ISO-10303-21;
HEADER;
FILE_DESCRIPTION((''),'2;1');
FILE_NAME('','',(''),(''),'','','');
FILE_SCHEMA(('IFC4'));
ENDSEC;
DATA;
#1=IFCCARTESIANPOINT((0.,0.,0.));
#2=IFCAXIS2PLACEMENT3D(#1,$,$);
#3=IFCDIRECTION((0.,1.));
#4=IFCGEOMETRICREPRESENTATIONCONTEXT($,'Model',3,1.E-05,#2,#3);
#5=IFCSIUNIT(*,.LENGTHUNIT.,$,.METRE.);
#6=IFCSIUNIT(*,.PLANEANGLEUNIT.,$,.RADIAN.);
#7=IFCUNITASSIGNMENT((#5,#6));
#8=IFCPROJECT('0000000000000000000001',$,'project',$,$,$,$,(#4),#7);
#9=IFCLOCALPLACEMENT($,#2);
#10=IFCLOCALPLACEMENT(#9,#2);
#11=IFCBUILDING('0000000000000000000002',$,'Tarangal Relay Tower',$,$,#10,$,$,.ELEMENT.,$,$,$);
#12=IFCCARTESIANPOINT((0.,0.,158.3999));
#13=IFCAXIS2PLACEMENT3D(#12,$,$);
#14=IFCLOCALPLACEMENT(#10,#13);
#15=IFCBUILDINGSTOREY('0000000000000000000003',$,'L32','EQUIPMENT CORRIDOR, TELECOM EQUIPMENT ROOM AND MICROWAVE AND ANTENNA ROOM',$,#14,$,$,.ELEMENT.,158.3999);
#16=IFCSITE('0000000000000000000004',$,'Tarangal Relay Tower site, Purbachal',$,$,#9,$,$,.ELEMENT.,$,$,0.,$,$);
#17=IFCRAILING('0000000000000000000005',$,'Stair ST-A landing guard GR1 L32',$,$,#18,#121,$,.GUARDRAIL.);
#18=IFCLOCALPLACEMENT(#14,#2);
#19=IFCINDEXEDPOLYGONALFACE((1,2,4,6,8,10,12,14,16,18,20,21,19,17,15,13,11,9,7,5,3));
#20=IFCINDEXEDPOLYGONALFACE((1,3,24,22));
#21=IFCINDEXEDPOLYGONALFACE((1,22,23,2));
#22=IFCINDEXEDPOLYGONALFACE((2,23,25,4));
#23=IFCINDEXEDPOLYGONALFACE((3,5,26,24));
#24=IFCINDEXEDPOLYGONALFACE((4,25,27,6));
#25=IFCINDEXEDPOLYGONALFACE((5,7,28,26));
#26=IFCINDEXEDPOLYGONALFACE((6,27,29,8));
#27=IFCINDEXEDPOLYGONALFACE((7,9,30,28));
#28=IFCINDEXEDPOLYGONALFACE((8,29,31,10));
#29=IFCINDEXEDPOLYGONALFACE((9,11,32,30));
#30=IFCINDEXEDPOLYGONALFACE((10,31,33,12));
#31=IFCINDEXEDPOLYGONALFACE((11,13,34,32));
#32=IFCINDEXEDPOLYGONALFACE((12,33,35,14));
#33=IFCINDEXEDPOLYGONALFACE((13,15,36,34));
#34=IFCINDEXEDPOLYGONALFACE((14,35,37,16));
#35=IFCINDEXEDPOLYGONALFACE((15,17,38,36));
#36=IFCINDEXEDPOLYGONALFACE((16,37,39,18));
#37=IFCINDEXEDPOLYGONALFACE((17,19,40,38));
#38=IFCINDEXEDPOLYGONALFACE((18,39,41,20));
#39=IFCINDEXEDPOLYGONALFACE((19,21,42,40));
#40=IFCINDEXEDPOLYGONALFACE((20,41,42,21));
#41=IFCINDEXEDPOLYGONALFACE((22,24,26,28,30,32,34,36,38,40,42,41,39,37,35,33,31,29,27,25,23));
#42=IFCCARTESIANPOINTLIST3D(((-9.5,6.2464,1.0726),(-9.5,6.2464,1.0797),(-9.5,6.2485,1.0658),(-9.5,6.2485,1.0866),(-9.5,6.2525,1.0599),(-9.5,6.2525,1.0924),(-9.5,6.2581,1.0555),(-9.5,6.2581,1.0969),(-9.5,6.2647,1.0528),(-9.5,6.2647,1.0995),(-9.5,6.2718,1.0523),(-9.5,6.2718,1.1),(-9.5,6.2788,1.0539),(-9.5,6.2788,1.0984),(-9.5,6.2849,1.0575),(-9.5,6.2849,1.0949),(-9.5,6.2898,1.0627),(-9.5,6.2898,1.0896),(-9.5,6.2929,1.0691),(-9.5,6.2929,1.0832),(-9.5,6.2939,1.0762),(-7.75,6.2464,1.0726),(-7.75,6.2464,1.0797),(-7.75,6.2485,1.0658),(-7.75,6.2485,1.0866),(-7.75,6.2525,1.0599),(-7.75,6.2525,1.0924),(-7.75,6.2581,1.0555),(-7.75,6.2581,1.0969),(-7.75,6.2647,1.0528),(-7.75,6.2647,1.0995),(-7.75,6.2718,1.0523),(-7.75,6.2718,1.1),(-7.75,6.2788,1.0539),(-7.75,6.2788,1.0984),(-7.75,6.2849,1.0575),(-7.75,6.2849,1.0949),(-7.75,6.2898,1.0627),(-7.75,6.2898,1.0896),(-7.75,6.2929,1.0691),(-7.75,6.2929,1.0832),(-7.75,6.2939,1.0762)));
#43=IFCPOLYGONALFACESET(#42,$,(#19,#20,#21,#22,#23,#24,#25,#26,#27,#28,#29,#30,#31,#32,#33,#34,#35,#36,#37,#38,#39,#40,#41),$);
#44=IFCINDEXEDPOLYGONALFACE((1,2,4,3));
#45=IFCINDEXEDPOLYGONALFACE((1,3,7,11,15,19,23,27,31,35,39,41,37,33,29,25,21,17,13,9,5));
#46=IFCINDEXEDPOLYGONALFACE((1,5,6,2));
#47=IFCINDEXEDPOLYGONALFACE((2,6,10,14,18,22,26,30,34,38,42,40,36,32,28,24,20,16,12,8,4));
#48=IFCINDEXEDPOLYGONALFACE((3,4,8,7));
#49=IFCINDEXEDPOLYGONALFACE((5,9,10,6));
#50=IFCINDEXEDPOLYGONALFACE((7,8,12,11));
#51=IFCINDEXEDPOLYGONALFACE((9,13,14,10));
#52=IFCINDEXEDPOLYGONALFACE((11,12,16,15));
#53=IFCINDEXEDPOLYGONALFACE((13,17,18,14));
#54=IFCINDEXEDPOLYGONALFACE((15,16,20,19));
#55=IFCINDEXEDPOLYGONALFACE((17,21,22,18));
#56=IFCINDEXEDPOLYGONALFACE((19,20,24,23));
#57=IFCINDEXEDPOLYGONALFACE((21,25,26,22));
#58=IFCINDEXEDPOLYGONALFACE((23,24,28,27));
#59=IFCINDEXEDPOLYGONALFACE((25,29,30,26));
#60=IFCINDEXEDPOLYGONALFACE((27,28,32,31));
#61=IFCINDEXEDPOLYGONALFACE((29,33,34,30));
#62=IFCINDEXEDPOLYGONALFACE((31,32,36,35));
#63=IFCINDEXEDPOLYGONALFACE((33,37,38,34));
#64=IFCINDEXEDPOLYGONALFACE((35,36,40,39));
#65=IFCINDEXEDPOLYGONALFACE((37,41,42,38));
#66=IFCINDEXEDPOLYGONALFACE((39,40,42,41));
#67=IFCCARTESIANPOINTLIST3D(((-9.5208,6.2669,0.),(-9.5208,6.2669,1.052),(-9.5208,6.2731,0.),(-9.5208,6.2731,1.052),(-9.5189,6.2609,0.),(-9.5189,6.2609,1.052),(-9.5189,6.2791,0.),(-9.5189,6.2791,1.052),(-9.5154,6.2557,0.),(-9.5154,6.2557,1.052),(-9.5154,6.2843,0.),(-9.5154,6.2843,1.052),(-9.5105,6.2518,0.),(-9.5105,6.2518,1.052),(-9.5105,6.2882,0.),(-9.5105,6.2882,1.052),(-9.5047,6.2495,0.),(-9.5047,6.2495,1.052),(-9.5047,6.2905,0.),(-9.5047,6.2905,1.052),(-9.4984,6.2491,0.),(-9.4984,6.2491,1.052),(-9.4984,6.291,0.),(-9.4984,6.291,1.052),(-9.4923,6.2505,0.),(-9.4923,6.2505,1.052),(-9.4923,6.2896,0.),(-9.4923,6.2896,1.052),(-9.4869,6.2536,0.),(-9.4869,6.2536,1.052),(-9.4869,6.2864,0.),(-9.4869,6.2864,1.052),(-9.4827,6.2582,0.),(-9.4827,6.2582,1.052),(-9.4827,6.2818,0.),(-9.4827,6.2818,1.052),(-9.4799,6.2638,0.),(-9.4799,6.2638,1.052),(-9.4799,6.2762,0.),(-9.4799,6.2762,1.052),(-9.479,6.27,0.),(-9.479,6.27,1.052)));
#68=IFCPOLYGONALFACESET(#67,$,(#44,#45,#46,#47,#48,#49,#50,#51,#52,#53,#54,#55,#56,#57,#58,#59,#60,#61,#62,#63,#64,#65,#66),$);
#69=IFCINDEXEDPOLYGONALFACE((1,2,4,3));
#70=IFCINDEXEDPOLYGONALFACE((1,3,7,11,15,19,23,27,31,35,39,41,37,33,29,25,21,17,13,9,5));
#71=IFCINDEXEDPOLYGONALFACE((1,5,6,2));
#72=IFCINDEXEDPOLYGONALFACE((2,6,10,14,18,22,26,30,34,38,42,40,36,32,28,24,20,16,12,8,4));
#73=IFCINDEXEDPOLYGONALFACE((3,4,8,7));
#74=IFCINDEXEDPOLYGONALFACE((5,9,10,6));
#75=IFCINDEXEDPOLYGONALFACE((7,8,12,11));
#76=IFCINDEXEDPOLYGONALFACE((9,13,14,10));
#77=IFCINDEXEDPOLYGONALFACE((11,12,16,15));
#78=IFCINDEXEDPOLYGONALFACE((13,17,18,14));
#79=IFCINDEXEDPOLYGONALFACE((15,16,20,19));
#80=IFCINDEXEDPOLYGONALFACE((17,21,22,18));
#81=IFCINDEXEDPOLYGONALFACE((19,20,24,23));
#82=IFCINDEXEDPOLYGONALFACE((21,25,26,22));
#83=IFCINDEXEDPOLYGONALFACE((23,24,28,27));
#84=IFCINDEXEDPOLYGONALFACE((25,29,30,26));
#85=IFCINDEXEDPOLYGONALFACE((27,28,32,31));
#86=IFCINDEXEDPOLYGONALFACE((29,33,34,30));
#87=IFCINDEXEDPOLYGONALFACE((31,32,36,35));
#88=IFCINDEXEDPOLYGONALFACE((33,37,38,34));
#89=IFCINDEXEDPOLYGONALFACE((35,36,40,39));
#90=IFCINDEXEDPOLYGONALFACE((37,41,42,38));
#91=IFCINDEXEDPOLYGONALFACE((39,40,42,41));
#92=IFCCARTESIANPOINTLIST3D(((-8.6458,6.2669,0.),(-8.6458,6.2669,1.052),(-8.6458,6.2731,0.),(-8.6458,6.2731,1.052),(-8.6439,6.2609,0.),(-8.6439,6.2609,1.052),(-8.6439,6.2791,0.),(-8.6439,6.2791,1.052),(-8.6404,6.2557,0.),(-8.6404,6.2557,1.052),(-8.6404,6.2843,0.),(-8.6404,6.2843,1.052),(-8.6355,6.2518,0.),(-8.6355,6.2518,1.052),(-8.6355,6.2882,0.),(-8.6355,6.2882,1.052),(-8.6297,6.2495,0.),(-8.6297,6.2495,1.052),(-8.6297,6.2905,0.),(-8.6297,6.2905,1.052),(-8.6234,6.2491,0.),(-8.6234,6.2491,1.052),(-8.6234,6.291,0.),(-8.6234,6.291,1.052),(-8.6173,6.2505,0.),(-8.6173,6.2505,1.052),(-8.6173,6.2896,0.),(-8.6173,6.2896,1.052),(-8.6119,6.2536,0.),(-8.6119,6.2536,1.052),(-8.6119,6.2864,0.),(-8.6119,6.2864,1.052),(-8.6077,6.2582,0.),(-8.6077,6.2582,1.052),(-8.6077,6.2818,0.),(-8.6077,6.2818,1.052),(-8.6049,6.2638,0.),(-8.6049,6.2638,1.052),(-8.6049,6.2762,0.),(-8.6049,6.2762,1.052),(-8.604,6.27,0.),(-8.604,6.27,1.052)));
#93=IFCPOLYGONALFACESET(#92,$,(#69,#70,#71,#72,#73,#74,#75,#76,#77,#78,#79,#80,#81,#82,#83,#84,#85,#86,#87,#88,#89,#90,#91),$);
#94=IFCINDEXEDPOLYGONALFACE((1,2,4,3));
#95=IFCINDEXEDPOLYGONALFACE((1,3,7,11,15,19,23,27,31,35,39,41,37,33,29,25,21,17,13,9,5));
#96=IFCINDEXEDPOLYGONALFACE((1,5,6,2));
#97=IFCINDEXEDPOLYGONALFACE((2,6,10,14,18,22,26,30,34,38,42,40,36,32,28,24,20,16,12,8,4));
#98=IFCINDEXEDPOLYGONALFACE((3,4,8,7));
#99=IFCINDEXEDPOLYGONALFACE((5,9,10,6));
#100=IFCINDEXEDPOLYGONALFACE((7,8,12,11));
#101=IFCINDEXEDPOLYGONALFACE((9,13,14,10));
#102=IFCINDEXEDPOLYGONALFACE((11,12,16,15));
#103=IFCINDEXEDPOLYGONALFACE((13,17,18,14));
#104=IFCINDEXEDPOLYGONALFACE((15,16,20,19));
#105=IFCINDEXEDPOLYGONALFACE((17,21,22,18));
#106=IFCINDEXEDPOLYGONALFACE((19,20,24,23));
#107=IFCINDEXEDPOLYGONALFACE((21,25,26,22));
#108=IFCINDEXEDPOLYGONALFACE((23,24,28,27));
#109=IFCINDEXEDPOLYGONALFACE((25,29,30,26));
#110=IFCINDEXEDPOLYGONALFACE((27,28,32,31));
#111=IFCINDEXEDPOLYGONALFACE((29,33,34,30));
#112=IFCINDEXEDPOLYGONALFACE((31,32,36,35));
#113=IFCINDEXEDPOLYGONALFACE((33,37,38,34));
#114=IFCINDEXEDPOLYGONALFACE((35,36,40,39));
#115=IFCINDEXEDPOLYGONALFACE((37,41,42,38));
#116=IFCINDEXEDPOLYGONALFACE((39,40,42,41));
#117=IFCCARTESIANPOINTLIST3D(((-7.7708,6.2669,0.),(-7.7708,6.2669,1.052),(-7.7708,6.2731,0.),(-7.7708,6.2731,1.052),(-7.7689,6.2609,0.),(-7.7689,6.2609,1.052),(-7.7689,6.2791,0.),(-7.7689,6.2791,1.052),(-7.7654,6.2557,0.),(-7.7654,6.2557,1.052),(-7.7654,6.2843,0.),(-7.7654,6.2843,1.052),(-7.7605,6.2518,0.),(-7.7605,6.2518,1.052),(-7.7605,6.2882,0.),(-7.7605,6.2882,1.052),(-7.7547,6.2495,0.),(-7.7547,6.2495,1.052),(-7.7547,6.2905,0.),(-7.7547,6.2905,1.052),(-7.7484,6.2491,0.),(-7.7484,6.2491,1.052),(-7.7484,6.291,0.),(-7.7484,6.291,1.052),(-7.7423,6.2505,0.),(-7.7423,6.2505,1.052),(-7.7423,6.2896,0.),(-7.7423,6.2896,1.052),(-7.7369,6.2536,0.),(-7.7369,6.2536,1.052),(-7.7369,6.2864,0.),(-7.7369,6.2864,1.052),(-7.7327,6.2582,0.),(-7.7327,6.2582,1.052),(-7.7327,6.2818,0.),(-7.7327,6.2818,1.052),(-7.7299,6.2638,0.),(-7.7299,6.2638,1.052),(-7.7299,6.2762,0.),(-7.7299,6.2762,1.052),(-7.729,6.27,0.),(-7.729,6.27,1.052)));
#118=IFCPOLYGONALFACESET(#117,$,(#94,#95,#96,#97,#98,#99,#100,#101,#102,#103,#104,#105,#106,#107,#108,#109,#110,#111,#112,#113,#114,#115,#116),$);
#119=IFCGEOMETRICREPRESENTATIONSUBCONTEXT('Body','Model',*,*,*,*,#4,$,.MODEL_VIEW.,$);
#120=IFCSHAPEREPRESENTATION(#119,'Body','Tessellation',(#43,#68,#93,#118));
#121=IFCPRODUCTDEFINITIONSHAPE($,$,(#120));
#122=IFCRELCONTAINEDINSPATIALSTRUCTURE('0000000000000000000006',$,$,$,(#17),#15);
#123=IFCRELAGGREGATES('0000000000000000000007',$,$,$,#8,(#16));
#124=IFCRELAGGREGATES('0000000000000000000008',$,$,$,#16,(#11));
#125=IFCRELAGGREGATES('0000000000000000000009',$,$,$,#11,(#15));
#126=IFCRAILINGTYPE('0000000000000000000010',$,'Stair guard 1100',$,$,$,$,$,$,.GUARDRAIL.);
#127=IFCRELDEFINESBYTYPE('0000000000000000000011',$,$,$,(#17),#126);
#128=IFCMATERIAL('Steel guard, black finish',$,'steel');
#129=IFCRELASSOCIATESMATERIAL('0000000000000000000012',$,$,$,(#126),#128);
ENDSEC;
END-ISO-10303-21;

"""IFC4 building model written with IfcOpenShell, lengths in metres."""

from ifc_helpers import new_model, si_unit, direction, frame, origin, origin_2d, place, context, subcontext, project, spatial, circle, extrude, material, type_object, element, save


model = new_model("IFC4")

# Units and contexts
model_context = context("Model", 3, precision=1e-05, world=origin(), true_north=direction((0.0, 1.0)))
body_context = subcontext(model_context, "Body", "Model", "MODEL_VIEW")
ifc_project = project(units=[si_unit("LENGTHUNIT", "METRE"), si_unit("PLANEANGLEUNIT", "RADIAN")], contexts=[model_context])

# Site, building, storey
site_placement = place(None, origin())
site = spatial("IfcSite", under=ifc_project, at=site_placement, Name="Tarangal Relay Tower site, Purbachal", CompositionType="ELEMENT", RefElevation=0.0)
building_placement = place(site_placement, origin())
building = spatial("IfcBuilding", under=site, at=building_placement, Name="Tarangal Relay Tower", CompositionType="ELEMENT")
storey_placement = place(building_placement, frame((0.0, 0.0, 158.3999)))
storey = spatial("IfcBuildingStorey", under=building, at=storey_placement, Name="L32", Description="EQUIPMENT CORRIDOR, TELECOM EQUIPMENT ROOM AND MICROWAVE AND ANTENNA ROOM", CompositionType="ELEMENT", Elevation=158.3999)

# Railing
ifc_material_1 = material(Name="Steel guard, black finish", Category="steel")
railing_type = type_object("IfcRailingType", Name="Stair guard 1100", PredefinedType="GUARDRAIL", material=ifc_material_1)
railing_1_placement = place(storey_placement, frame((-9.5, 6.27, 0.0)))
element("IfcRailing", 1, at=railing_1_placement, inside=storey, type_object=railing_type, Name="Stair ST-A landing guard GR1 L32", PredefinedType="GUARDRAIL", context=body_context, shape_type="SweptSolid", body=[
    extrude(circle(Radius=0.0239, at=origin_2d()), frame((0.0, 0.0, 1.0762), z_axis=(1.0, 0.0, 0.0), x_axis=(0.0, 1.0, 0.0)), (0.0, 0.0, 1.0), 1.75),
    extrude(circle(Radius=0.021, at=origin_2d()), origin(), (0.0, 0.0, 1.0), 1.052),
    extrude(circle(Radius=0.021, at=origin_2d()), frame((0.875, 0.0, 0.0)), (0.0, 0.0, 1.0), 1.052),
    extrude(circle(Radius=0.021, at=origin_2d()), frame((1.75, 0.0, 0.0)), (0.0, 0.0, 1.0), 1.052),
])

save(model, "model.ifc")
